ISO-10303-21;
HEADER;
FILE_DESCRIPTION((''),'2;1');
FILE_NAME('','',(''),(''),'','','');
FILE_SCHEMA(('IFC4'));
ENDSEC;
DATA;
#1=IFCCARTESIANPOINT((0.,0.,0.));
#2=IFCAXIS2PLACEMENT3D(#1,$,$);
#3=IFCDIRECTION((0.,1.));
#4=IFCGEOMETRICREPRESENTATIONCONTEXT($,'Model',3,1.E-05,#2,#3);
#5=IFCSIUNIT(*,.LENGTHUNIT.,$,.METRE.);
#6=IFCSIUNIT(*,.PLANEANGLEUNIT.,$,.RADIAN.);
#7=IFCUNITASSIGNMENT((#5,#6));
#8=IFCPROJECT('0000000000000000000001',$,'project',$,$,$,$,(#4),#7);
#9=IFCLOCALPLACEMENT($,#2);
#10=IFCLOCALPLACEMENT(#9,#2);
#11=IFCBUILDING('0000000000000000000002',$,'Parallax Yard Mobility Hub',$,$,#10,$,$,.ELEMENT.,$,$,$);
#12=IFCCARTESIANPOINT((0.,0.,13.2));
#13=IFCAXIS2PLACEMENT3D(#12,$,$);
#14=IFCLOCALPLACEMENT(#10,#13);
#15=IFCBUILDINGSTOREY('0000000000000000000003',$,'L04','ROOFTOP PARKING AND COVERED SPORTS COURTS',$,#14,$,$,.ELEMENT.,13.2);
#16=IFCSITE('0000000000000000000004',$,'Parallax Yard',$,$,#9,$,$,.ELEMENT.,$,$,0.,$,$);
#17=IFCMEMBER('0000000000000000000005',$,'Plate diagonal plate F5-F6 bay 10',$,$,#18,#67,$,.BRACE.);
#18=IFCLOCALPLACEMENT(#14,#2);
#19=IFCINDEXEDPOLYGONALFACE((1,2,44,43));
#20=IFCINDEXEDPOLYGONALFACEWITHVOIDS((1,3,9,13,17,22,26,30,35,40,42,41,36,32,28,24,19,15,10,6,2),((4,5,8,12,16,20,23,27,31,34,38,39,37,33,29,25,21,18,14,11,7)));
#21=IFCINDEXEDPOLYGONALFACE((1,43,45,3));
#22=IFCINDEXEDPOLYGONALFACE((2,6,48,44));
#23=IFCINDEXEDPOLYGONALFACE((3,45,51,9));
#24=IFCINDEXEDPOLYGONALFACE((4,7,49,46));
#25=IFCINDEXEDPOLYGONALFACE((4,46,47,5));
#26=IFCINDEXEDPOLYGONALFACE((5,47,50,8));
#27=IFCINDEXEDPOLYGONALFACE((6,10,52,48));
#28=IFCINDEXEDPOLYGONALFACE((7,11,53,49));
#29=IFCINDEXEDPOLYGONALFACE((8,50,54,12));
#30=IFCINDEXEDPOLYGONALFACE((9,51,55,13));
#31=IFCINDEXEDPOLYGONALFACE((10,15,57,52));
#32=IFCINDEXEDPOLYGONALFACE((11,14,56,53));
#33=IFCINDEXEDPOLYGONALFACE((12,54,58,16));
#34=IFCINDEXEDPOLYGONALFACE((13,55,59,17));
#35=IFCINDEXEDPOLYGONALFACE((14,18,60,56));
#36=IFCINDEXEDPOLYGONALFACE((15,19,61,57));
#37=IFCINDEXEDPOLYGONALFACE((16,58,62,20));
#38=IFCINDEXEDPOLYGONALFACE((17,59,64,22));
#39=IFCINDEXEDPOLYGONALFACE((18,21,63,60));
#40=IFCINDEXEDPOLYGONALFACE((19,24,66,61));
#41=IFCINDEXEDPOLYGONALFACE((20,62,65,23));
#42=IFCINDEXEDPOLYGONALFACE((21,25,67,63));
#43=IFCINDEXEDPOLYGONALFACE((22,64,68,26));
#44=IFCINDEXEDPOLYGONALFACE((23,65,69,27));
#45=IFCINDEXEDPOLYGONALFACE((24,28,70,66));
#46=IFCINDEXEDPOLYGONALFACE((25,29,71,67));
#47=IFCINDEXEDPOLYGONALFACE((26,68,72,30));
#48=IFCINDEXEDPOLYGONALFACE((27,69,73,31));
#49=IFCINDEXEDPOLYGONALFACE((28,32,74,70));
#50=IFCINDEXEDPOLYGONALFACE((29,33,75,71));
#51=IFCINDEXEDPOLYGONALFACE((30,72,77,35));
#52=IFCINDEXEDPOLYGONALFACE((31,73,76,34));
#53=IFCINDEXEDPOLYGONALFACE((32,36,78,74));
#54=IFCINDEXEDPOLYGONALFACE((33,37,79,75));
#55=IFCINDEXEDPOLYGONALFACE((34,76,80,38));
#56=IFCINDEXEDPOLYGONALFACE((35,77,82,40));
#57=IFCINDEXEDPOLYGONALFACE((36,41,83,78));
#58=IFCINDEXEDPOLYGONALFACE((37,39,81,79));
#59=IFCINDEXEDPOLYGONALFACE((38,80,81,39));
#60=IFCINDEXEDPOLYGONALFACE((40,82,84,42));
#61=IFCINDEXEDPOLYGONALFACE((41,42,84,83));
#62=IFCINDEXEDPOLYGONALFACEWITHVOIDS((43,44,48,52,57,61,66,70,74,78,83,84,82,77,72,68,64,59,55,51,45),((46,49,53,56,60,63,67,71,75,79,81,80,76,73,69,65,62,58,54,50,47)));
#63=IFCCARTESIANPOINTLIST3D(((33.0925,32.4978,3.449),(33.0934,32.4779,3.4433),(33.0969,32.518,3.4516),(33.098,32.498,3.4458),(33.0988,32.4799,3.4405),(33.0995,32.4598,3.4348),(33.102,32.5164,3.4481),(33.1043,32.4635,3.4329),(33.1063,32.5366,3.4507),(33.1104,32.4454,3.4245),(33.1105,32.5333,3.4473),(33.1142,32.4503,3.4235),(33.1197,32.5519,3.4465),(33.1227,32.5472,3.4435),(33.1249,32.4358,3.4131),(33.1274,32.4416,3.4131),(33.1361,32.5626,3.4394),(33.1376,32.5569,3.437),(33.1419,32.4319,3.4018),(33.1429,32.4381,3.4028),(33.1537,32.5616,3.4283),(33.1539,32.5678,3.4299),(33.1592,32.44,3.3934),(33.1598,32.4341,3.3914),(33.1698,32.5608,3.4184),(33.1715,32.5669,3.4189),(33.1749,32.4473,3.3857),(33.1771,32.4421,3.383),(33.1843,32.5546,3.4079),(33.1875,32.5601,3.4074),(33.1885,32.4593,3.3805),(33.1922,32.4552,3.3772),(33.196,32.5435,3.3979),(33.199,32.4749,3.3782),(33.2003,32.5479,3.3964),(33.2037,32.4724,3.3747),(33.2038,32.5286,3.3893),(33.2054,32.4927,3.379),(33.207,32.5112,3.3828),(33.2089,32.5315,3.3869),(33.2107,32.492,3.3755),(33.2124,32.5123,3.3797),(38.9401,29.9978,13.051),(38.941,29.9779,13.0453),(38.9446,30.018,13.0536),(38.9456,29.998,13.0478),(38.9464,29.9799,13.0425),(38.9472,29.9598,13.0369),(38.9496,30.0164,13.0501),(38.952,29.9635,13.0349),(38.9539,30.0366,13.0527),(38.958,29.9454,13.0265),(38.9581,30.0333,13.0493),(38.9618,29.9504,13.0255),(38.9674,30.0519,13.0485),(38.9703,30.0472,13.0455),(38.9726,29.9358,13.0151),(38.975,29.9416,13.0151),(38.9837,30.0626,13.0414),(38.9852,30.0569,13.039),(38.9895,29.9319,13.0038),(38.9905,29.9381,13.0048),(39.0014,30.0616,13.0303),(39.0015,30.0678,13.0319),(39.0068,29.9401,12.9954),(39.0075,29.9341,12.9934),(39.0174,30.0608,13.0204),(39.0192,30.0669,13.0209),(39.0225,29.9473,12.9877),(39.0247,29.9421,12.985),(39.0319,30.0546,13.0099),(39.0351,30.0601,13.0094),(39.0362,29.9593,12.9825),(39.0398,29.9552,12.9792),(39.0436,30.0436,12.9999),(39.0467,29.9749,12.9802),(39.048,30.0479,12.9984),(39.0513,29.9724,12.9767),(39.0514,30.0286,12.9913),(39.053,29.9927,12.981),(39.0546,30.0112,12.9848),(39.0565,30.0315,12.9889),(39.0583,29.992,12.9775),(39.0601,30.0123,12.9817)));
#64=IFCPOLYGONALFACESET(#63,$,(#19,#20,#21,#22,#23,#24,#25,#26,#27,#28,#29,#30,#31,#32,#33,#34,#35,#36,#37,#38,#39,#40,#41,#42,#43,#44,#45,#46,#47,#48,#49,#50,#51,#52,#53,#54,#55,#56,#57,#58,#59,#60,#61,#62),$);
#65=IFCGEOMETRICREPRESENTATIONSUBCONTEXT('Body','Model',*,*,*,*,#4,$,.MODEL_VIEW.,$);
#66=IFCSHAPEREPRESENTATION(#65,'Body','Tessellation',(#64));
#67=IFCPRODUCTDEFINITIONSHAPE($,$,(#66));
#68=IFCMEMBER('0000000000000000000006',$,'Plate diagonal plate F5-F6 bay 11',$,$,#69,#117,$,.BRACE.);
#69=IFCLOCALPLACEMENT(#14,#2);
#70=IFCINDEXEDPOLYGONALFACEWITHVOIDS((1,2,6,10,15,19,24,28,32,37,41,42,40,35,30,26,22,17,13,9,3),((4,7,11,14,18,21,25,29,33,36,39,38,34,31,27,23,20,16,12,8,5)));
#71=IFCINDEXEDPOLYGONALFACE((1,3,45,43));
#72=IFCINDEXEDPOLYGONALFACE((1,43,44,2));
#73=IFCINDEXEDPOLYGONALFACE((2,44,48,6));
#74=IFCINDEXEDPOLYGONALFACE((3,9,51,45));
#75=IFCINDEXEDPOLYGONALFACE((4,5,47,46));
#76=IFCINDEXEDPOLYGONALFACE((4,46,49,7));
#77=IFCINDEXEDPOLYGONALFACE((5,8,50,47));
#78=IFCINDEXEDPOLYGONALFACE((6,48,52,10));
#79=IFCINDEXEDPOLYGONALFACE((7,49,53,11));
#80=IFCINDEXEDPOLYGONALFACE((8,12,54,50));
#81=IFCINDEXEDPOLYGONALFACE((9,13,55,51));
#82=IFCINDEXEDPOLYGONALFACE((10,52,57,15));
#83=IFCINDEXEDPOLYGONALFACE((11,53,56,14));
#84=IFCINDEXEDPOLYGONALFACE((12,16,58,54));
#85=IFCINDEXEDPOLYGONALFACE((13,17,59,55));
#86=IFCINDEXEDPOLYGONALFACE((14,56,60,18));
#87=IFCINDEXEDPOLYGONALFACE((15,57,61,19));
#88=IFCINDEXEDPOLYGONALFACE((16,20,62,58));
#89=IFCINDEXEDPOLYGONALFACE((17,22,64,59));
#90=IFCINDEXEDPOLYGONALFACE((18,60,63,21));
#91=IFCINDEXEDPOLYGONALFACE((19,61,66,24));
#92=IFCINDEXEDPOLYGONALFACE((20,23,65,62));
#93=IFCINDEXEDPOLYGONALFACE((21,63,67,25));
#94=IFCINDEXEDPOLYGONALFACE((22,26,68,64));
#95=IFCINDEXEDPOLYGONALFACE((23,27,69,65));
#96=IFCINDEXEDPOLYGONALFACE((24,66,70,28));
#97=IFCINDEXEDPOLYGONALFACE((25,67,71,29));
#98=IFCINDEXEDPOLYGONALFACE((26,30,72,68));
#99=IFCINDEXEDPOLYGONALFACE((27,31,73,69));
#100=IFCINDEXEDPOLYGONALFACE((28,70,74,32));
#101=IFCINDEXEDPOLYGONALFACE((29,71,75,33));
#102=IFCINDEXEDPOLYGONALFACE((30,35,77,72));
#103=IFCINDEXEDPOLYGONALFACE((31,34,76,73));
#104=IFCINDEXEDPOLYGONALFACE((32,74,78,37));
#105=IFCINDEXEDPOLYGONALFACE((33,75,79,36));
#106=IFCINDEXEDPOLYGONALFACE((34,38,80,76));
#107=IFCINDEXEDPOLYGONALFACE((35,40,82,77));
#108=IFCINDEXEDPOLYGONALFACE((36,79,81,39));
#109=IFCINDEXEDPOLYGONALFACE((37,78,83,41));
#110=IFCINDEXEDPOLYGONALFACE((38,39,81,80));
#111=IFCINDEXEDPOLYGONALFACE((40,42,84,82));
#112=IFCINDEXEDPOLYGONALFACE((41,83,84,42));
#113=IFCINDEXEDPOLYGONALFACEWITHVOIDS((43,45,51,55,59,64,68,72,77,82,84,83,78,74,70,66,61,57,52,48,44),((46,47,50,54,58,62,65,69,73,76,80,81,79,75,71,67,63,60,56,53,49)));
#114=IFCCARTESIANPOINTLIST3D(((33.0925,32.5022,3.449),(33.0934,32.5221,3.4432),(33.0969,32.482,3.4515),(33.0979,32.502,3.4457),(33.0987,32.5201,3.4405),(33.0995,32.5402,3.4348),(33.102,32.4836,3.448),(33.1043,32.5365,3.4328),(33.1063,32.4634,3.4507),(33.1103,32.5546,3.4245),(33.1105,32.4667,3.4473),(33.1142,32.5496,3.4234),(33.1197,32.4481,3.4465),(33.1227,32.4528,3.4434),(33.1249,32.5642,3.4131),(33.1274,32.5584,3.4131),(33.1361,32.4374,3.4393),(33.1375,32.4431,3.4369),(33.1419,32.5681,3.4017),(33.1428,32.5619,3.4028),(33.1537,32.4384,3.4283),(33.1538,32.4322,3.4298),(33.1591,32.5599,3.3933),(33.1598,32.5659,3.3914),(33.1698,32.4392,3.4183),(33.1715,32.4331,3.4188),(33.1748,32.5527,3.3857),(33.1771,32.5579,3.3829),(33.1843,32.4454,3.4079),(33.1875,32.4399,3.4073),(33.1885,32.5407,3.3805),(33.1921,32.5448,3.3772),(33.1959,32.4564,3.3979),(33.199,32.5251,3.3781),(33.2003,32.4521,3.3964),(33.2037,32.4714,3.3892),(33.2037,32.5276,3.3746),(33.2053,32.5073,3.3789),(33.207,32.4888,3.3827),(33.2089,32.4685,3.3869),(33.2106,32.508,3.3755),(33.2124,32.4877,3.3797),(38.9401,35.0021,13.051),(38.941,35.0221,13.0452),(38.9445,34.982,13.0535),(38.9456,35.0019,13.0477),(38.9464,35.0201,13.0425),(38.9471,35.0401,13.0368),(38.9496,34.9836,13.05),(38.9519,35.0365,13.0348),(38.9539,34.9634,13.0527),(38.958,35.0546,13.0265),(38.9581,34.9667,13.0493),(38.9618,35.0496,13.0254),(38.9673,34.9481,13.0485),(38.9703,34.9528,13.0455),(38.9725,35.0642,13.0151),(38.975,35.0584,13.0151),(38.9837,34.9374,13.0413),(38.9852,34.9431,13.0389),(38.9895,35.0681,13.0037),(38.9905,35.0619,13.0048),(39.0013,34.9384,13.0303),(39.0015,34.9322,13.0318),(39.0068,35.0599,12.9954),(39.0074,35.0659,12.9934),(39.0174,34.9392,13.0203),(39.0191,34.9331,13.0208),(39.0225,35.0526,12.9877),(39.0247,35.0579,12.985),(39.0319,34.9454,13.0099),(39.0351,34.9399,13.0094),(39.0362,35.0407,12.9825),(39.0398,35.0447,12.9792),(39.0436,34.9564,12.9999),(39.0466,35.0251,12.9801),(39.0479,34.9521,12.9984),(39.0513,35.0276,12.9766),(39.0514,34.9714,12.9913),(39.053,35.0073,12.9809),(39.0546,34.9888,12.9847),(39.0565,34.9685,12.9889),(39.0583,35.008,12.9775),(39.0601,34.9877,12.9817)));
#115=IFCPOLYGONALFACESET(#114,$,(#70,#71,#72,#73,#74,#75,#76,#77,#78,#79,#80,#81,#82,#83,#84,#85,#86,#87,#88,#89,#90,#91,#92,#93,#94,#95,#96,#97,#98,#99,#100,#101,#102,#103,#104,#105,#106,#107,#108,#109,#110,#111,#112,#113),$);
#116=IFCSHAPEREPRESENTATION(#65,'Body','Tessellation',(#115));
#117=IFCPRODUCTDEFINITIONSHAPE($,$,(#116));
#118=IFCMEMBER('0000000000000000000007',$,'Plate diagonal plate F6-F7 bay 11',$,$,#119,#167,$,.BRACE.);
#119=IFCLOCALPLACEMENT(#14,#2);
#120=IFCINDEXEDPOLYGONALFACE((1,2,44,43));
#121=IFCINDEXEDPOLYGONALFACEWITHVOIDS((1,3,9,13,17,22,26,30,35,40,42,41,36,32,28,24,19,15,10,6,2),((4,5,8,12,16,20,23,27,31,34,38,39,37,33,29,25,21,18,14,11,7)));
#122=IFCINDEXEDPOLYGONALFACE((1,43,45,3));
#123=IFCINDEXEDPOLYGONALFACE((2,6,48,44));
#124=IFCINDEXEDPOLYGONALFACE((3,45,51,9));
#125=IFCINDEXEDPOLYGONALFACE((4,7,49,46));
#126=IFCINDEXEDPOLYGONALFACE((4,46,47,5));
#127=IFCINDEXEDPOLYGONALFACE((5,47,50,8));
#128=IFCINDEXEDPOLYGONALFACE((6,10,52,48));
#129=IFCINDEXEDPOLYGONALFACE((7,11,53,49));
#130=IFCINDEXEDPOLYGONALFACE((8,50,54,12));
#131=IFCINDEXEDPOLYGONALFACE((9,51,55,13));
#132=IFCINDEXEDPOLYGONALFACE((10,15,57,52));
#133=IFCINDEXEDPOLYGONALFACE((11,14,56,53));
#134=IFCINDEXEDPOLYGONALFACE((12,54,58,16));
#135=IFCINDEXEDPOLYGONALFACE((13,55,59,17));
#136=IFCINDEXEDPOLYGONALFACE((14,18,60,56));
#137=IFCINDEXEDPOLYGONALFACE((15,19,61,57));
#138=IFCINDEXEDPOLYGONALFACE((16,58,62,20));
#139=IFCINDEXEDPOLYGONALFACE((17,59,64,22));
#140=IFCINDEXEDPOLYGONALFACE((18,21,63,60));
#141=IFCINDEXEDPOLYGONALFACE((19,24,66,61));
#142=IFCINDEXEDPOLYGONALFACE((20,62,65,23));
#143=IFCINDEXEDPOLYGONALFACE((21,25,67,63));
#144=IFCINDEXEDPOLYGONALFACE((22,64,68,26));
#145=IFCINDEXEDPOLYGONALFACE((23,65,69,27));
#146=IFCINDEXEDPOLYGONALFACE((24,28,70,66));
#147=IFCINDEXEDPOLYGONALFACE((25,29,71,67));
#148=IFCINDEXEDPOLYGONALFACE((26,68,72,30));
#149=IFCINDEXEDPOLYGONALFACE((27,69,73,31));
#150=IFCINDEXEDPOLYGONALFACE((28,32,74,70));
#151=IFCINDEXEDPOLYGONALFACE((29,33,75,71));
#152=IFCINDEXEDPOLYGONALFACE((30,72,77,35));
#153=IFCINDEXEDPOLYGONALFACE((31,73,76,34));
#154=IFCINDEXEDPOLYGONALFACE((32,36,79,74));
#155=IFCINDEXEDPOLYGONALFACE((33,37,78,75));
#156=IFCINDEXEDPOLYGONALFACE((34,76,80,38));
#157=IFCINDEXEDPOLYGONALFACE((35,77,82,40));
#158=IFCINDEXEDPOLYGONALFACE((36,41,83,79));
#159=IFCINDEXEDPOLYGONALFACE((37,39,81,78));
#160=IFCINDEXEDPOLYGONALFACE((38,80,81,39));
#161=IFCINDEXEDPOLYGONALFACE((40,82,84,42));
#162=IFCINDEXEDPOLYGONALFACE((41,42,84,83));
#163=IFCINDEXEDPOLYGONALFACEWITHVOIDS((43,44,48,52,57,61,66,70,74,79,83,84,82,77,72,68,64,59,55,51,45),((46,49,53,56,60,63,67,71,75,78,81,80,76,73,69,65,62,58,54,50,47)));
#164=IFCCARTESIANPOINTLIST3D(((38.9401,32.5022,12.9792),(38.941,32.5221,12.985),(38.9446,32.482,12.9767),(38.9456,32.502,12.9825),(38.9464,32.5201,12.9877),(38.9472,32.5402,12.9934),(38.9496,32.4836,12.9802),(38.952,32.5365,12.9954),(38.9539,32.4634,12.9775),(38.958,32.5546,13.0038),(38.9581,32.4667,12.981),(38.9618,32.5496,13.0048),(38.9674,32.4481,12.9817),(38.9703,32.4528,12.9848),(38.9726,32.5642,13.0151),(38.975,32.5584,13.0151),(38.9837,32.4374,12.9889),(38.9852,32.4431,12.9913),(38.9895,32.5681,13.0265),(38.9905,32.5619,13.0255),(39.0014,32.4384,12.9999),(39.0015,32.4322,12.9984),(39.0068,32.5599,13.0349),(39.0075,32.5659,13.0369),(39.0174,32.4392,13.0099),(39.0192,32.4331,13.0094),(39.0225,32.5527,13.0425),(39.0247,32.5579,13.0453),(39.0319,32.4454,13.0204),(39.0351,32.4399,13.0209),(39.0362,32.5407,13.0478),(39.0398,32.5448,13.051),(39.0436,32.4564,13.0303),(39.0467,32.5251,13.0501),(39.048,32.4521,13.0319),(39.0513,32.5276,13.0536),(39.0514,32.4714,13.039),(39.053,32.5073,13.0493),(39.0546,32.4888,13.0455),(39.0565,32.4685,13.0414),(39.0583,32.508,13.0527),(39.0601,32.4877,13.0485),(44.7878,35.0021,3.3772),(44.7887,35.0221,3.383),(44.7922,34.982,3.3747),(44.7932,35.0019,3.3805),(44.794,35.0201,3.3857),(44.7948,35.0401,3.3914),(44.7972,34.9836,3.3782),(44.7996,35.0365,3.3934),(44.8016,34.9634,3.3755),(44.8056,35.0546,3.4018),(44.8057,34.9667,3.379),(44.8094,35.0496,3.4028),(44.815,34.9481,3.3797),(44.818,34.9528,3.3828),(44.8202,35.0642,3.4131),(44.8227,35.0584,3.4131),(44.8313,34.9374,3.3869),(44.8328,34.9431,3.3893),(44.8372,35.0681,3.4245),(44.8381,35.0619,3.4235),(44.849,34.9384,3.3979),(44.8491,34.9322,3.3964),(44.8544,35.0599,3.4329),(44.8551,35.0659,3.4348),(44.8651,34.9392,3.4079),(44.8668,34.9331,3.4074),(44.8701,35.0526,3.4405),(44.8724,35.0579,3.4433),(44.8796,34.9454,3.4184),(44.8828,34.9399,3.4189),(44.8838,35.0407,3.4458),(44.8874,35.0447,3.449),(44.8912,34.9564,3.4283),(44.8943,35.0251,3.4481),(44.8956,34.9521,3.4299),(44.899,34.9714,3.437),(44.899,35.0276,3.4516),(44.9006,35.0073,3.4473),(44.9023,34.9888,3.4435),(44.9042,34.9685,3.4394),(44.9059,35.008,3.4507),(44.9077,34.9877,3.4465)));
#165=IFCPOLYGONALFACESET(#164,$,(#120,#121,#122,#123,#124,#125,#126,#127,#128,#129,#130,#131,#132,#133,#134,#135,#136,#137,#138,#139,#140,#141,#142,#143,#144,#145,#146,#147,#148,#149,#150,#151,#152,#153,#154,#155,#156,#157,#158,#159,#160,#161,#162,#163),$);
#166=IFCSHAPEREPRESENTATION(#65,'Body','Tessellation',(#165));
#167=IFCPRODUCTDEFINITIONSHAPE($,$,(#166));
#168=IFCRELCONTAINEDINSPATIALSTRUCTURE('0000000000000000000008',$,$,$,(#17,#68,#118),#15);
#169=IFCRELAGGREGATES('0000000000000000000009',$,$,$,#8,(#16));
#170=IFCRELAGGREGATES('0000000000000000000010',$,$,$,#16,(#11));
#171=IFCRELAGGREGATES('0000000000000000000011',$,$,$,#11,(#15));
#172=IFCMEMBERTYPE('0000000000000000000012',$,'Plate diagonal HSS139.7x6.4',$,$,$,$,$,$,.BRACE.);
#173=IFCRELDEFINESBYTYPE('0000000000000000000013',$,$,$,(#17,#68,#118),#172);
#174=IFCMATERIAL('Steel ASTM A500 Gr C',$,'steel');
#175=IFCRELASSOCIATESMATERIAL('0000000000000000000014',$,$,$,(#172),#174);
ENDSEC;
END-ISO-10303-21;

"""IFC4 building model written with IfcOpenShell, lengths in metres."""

from ifc_helpers import new_model, si_unit, direction, frame, origin, origin_2d, place, context, subcontext, project, spatial, hollow_circle, extrude, material, material_profile, profile_set, type_object, element, save


model = new_model("IFC4")

# Units and contexts
model_context = context("Model", 3, precision=1e-05, world=origin(), true_north=direction((0.0, 1.0)))
body_context = subcontext(model_context, "Body", "Model", "MODEL_VIEW")
ifc_project = project(units=[si_unit("LENGTHUNIT", "METRE"), si_unit("PLANEANGLEUNIT", "RADIAN")], contexts=[model_context])

# Site, building, storey
site_placement = place(None, origin())
site = spatial("IfcSite", under=ifc_project, at=site_placement, Name="Parallax Yard", CompositionType="ELEMENT", RefElevation=0.0)
building_placement = place(site_placement, origin())
building = spatial("IfcBuilding", under=site, at=building_placement, Name="Parallax Yard Mobility Hub", CompositionType="ELEMENT")
storey_placement = place(building_placement, frame((0.0, 0.0, 13.2)))
storey = spatial("IfcBuildingStorey", under=building, at=storey_placement, Name="L04", Description="ROOFTOP PARKING AND COVERED SPORTS COURTS", CompositionType="ELEMENT", Elevation=13.2)

# Members
ifc_material_1 = material(Name="Steel ASTM A500 Gr C", Category="steel")
ifc_material_profile_1 = material_profile(ifc_material_1, hollow_circle(Radius=0.0698, WallThickness=0.0063, at=origin_2d()), Name="HSS139.7x6.4")
ifc_profile_set_1 = profile_set([ifc_material_profile_1], Name="Steel ASTM A500 Gr C")
member_type_1 = type_object("IfcMemberType", Name="Plate diagonal HSS139.7x6.4", PredefinedType="BRACE", material=ifc_profile_set_1)
for number, where, z_axis, x_axis, name in (
    (1, (39.0, 30.0, 13.0151), (-0.507735, 0.217068, -0.833718), (-0.393104, -0.919494, 0.0), "Plate diagonal plate F5-F6 bay 10"),
    (2, (33.1523, 32.5, 3.4131), (0.507735, 0.217068, 0.833718), (-0.393104, 0.919494, 0.0), "Plate diagonal plate F5-F6 bay 11"),
    (3, (39.0, 32.5, 13.0151), (0.507735, 0.217068, -0.833718), (-0.393104, 0.919494, 0.0), "Plate diagonal plate F6-F7 bay 11"),
):
    element("IfcMember", number, at=place(storey_placement, frame(where, z_axis=z_axis, x_axis=x_axis)), inside=storey, type_object=member_type_1, Name=name, PredefinedType="BRACE", context=body_context, shape_type="SweptSolid", body=[
        extrude(hollow_circle(Radius=0.0698, WallThickness=0.0063, at=origin_2d()), origin(), (0.0, 0.0, 1.0), 11.5171),
    ])

save(model, "model.ifc")
